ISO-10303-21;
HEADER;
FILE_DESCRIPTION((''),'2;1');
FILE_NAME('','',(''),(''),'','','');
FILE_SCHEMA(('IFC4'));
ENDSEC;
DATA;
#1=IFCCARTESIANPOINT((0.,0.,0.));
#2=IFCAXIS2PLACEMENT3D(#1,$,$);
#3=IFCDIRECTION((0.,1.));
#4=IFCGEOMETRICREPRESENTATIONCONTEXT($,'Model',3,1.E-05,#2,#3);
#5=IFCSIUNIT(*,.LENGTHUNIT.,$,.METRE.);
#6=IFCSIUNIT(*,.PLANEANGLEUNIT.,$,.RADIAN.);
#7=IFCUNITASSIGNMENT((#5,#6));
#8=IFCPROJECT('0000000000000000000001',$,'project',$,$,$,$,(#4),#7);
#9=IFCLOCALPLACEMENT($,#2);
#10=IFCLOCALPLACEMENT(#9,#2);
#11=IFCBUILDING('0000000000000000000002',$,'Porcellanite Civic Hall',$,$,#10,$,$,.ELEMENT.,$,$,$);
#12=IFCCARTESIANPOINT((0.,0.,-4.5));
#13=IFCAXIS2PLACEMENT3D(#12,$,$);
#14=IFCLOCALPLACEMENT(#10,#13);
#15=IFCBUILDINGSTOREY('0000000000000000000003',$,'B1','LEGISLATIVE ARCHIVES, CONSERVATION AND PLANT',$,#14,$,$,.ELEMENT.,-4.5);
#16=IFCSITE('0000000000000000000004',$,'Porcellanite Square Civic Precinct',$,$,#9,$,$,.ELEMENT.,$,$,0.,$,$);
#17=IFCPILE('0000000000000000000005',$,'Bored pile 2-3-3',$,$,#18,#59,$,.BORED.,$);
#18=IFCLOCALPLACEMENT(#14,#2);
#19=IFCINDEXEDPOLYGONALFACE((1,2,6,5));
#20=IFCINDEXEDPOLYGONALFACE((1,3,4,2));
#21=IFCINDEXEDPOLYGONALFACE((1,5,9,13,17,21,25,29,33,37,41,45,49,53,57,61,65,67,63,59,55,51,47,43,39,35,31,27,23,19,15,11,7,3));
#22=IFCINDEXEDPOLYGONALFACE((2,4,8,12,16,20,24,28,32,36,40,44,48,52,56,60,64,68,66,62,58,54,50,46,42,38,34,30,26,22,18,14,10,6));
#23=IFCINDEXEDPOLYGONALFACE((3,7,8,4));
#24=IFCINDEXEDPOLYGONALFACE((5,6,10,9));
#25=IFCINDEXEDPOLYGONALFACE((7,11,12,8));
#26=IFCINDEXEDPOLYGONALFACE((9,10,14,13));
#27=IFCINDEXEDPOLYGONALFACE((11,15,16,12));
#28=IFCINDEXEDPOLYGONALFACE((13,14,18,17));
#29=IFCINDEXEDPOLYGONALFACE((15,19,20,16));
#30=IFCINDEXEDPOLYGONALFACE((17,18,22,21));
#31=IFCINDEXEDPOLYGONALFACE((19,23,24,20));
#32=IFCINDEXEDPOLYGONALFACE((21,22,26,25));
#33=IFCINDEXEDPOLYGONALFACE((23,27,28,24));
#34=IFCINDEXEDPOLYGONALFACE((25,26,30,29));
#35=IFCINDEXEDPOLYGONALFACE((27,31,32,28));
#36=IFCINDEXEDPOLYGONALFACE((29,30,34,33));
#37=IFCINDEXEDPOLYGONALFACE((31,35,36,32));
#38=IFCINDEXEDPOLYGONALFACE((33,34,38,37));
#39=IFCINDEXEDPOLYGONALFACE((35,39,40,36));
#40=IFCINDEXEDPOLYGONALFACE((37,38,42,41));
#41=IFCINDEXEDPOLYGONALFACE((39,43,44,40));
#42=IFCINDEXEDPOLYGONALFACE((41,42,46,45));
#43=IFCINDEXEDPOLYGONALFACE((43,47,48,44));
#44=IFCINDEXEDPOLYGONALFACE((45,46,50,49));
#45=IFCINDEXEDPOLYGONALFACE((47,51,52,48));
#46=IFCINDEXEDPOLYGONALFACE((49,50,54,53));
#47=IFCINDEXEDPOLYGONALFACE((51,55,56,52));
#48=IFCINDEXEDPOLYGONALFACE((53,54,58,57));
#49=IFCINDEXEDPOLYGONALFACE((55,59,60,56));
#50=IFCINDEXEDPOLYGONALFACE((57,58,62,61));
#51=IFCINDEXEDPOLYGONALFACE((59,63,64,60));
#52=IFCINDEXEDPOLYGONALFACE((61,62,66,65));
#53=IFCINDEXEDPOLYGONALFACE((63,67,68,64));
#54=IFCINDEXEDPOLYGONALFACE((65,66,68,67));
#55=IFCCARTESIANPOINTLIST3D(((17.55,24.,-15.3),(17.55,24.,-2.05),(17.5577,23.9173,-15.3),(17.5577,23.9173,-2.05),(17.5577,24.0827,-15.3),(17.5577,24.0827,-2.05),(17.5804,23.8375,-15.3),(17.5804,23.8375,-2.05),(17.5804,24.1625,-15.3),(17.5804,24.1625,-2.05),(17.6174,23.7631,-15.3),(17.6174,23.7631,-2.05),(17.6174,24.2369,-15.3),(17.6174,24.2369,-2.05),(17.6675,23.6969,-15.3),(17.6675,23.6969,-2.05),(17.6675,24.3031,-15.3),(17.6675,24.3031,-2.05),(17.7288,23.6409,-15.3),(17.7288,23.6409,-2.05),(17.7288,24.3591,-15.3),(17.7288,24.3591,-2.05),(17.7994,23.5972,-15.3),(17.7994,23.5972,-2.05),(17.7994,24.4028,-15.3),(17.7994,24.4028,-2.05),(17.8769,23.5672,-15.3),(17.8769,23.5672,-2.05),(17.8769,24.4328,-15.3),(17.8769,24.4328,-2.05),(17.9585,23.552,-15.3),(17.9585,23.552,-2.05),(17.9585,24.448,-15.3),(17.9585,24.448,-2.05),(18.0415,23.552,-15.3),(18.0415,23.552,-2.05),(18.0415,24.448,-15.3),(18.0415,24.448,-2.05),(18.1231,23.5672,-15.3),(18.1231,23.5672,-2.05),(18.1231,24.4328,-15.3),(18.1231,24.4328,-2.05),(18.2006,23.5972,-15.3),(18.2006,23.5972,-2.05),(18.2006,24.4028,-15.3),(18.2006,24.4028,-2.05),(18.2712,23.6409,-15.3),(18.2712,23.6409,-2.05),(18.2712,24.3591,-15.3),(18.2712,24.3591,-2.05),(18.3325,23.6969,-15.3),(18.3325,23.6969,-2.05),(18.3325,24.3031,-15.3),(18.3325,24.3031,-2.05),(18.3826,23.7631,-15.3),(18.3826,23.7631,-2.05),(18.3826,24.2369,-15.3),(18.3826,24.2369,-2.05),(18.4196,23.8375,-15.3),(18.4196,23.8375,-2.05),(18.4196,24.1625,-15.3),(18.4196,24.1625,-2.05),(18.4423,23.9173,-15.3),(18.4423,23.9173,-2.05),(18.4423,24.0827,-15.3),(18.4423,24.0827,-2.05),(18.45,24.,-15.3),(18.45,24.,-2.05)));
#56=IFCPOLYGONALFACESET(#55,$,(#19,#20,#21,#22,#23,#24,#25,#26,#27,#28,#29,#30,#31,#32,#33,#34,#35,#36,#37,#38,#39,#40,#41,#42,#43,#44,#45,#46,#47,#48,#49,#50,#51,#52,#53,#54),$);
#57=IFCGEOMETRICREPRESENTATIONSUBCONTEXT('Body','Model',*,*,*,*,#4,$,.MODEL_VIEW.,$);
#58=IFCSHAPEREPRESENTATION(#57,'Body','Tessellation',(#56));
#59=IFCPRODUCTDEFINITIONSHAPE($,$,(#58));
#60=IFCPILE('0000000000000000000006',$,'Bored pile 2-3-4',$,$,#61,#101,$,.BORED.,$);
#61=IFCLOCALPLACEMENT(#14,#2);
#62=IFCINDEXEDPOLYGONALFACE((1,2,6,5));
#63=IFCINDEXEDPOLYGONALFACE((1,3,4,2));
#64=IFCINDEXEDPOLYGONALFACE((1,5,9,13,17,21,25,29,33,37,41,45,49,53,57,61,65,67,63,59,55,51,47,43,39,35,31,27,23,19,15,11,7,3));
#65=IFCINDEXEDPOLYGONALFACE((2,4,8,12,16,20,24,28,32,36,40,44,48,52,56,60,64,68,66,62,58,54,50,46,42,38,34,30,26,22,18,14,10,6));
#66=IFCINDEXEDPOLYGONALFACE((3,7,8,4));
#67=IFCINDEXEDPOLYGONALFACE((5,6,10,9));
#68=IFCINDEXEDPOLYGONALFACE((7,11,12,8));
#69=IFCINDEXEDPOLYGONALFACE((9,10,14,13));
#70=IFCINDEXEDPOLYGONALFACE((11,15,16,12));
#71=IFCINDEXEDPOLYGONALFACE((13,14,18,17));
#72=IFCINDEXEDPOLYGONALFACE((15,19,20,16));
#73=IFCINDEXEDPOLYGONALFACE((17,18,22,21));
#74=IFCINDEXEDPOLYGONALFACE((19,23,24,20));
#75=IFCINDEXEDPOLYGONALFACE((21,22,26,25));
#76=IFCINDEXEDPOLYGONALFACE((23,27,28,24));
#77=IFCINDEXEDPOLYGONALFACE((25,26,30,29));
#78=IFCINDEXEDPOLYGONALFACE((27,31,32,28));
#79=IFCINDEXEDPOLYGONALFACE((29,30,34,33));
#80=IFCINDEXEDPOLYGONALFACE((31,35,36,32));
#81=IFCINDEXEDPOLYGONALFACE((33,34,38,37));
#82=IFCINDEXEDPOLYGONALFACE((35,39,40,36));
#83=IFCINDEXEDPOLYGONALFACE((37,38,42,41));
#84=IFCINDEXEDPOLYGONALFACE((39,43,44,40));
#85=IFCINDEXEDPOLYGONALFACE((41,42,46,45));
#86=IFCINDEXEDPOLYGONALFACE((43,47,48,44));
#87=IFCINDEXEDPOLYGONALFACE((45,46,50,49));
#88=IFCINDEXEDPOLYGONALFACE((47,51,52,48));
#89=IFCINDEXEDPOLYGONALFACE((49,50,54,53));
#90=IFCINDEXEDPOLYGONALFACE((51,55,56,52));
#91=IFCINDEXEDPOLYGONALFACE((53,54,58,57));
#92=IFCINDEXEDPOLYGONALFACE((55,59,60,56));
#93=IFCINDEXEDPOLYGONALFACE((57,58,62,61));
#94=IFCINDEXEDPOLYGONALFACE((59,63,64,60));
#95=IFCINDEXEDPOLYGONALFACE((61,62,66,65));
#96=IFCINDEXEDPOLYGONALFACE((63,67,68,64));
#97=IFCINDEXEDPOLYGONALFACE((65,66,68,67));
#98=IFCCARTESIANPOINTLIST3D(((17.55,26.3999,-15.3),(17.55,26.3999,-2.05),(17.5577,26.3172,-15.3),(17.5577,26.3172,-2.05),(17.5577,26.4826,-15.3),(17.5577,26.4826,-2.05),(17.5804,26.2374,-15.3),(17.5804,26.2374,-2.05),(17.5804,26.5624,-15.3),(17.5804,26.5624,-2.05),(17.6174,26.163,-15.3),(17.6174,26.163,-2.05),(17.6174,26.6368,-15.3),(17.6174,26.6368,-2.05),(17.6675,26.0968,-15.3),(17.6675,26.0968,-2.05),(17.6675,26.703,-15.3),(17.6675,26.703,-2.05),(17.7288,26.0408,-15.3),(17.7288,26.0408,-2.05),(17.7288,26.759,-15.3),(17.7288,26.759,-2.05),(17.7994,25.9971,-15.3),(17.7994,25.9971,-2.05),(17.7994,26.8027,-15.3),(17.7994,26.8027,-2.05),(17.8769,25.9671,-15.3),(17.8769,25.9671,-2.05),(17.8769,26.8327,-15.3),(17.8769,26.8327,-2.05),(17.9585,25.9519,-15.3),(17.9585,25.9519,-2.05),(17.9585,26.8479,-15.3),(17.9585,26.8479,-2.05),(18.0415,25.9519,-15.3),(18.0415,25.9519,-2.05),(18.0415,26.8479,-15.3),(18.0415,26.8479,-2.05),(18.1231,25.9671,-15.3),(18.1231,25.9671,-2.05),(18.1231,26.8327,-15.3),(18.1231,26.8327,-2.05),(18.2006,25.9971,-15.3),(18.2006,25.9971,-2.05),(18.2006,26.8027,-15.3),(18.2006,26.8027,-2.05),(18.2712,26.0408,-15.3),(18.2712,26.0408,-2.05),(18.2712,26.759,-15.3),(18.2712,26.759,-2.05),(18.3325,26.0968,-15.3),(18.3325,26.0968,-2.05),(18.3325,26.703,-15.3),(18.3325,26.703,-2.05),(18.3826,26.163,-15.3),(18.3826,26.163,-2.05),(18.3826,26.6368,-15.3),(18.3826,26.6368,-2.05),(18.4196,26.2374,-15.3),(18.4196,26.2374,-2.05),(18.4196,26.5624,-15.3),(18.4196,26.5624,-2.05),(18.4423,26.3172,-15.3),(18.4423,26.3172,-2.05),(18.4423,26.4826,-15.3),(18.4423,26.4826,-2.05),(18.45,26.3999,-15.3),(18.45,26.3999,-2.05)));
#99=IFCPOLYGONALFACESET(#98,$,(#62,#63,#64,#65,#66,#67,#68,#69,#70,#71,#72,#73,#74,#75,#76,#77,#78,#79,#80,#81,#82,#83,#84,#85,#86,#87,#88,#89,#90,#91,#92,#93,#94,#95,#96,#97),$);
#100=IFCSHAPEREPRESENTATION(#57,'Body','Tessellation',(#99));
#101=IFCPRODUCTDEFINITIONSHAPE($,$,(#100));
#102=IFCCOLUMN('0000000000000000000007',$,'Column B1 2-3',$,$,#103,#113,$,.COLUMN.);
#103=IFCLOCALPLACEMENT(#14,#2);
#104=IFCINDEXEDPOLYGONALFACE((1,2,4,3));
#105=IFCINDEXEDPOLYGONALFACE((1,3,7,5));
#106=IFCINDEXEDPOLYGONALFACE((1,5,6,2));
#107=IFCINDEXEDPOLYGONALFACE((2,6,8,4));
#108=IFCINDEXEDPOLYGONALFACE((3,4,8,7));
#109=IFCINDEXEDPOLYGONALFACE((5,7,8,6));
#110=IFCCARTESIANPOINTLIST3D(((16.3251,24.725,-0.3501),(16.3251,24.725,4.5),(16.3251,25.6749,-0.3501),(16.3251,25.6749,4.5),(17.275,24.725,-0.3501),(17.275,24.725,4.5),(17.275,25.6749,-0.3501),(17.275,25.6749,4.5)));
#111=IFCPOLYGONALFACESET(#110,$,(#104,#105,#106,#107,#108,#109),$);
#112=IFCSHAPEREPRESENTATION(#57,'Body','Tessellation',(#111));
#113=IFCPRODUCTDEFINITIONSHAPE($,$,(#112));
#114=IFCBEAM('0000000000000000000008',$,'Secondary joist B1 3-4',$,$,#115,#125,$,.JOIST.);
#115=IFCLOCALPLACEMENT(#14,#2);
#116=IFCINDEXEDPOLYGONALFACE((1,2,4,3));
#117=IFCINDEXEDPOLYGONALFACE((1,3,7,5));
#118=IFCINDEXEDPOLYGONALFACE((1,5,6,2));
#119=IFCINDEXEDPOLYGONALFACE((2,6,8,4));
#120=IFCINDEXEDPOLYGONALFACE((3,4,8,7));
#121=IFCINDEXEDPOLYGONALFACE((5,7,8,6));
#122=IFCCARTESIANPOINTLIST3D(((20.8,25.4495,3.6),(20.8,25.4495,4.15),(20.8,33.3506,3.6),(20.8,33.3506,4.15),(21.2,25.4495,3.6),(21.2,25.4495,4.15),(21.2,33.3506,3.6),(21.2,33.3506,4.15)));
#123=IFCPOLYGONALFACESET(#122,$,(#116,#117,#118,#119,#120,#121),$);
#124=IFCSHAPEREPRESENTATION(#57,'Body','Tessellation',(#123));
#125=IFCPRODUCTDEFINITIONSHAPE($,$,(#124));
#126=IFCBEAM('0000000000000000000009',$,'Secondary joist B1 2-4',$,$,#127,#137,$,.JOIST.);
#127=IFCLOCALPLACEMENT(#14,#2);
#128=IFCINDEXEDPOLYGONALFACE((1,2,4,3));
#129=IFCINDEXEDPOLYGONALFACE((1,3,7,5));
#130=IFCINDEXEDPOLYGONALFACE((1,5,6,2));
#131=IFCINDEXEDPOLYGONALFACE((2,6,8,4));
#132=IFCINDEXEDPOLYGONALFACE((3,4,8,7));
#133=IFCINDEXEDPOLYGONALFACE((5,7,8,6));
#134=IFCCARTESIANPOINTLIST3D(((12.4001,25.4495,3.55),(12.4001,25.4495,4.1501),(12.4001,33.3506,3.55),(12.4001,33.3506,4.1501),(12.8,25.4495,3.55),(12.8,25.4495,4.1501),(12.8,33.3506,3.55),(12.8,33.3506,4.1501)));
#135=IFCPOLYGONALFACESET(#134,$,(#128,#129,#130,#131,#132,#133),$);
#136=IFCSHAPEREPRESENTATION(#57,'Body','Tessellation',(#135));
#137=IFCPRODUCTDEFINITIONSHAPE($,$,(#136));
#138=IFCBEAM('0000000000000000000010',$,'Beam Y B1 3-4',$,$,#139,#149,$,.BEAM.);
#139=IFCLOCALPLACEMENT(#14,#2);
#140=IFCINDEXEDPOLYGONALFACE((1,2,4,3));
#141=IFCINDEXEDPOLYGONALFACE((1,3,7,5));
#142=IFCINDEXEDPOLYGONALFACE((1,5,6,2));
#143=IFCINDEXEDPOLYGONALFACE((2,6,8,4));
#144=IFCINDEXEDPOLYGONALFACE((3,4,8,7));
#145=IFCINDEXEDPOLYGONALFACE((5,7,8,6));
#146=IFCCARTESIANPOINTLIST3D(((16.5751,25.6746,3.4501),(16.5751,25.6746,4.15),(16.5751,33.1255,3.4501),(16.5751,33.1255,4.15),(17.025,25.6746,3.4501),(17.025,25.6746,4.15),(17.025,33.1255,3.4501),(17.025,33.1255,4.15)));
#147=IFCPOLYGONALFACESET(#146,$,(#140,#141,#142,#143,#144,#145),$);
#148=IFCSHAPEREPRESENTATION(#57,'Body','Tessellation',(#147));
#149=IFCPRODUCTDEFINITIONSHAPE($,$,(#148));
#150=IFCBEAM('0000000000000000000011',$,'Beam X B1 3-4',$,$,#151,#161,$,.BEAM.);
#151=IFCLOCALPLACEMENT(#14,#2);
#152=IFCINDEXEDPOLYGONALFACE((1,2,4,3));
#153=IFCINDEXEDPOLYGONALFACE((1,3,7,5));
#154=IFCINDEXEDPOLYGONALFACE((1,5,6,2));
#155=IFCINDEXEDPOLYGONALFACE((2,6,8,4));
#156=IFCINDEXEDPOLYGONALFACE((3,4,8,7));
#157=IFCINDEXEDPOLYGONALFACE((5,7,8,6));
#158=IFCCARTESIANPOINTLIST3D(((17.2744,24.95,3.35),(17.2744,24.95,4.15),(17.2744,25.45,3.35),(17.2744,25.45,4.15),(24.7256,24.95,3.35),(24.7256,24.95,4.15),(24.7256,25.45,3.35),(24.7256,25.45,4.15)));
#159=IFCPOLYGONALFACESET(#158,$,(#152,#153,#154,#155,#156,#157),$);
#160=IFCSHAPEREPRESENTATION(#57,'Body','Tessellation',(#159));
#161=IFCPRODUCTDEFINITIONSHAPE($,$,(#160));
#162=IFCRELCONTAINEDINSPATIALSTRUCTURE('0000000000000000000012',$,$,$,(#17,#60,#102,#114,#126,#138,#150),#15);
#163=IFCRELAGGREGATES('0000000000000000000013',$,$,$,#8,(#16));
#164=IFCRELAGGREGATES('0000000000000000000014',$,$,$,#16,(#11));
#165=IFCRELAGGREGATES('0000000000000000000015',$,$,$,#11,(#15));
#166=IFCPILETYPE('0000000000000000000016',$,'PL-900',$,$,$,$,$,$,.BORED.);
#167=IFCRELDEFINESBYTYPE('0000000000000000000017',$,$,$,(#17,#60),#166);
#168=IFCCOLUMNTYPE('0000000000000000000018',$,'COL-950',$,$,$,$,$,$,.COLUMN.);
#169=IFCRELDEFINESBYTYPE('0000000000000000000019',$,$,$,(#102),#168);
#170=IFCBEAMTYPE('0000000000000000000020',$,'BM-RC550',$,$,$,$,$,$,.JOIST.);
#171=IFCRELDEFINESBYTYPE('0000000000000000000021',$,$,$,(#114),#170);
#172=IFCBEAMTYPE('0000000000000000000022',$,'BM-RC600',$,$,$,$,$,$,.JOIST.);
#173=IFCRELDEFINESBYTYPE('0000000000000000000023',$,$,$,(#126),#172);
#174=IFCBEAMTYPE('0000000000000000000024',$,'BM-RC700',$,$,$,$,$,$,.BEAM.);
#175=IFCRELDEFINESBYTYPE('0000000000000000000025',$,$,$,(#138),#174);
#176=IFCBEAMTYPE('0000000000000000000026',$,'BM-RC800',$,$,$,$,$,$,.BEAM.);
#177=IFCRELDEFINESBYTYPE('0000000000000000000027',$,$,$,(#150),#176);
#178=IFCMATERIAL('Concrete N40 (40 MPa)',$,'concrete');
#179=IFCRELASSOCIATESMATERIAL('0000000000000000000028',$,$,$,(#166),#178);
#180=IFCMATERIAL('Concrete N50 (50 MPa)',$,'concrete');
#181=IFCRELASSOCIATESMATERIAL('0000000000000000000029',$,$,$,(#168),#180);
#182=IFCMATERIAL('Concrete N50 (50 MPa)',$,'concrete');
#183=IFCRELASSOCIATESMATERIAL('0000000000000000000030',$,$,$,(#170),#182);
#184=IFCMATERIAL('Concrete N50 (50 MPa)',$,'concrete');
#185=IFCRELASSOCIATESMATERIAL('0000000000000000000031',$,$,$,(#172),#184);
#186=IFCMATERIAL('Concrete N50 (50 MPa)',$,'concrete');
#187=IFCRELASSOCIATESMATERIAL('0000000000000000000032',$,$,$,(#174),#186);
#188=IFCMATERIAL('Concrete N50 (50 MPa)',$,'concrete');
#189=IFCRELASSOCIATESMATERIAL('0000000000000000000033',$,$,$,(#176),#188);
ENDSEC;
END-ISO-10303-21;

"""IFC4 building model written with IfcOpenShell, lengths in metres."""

from ifc_helpers import new_model, si_unit, direction, frame, origin, origin_2d, place, context, subcontext, project, spatial, rectangle, circle, extrude, material, material_profile, profile_set, type_object, element, save


model = new_model("IFC4")

# Units and contexts
model_context = context("Model", 3, precision=1e-05, world=origin(), true_north=direction((0.0, 1.0)))
body_context = subcontext(model_context, "Body", "Model", "MODEL_VIEW")
ifc_project = project(units=[si_unit("LENGTHUNIT", "METRE"), si_unit("PLANEANGLEUNIT", "RADIAN")], contexts=[model_context])

# Site, building, storey
site_placement = place(None, origin())
site = spatial("IfcSite", under=ifc_project, at=site_placement, Name="Porcellanite Square Civic Precinct", CompositionType="ELEMENT", RefElevation=0.0)
building_placement = place(site_placement, origin())
building = spatial("IfcBuilding", under=site, at=building_placement, Name="Porcellanite Civic Hall", CompositionType="ELEMENT")
storey_placement = place(building_placement, frame((0.0, 0.0, -4.5)))
storey = spatial("IfcBuildingStorey", under=building, at=storey_placement, Name="B1", Description="LEGISLATIVE ARCHIVES, CONSERVATION AND PLANT", CompositionType="ELEMENT", Elevation=-4.5)

# Piles
ifc_material_1 = material(Name="Concrete N40 (40 MPa)", Category="concrete")
ifc_material_profile_1 = material_profile(ifc_material_1, circle(Radius=0.45, at=origin_2d()), Name="PILE-D900")
ifc_profile_set_1 = profile_set([ifc_material_profile_1], Name="Concrete N40 (40 MPa)")
pile_type = type_object("IfcPileType", Name="PL-900", PredefinedType="BORED", material=ifc_profile_set_1)
for number, where, z_axis, x_axis, name in (
    (1, (18.0, 24.0, -2.05), (0.0, 0.0, -1.0), (1.0, 0.0, 0.0), "Bored pile 2-3-3"),
    (2, (18.0, 26.3999, -2.05), (0.0, 0.0, -1.0), (1.0, 0.0, 0.0), "Bored pile 2-3-4"),
):
    element("IfcPile", number, at=place(storey_placement, frame(where, z_axis=z_axis, x_axis=x_axis)), inside=storey, type_object=pile_type, Name=name, PredefinedType="BORED", context=body_context, shape_type="SweptSolid", body=[
        extrude(circle(Radius=0.45, at=origin_2d()), origin(), (0.0, 0.0, 1.0), 13.25),
    ])

# Column
ifc_material_2 = material(Name="Concrete N50 (50 MPa)", Category="concrete")
ifc_material_profile_2 = material_profile(ifc_material_2, rectangle(XDim=0.95, YDim=0.95, at=origin_2d()), Name="RC-950x950")
ifc_profile_set_2 = profile_set([ifc_material_profile_2], Name="Concrete N50 (50 MPa)")
column_type = type_object("IfcColumnType", Name="COL-950", PredefinedType="COLUMN", material=ifc_profile_set_2)
column_placement = place(storey_placement, frame((16.8, 25.2, -0.3501), z_axis=(0.0, 0.0, 1.0), x_axis=(1.0, 0.0, 0.0)))
element("IfcColumn", 3, at=column_placement, inside=storey, type_object=column_type, Name="Column B1 2-3", PredefinedType="COLUMN", context=body_context, shape_type="SweptSolid", body=[
    extrude(rectangle(XDim=0.95, YDim=0.95, at=origin_2d()), origin(), (0.0, 0.0, 1.0), 4.8501),
])

# Beams
ifc_material_3 = material(Name="Concrete N50 (50 MPa)", Category="concrete")
ifc_material_profile_3 = material_profile(ifc_material_3, rectangle(XDim=0.3999, YDim=0.55, at=origin_2d()), Name="RC-400x550")
ifc_profile_set_3 = profile_set([ifc_material_profile_3], Name="Concrete N50 (50 MPa)")
beam_type_1 = type_object("IfcBeamType", Name="BM-RC550", PredefinedType="JOIST", material=ifc_profile_set_3)
beam_1_placement = place(storey_placement, frame((21.0, 25.4495, 3.875), z_axis=(0.0, 1.0, 0.0), x_axis=(-1.0, 0.0, 0.0)))
element("IfcBeam", 4, at=beam_1_placement, inside=storey, type_object=beam_type_1, Name="Secondary joist B1 3-4", PredefinedType="JOIST", context=body_context, shape_type="SweptSolid", body=[
    extrude(rectangle(XDim=0.3999, YDim=0.55, at=origin_2d()), origin(), (0.0, 0.0, 1.0), 7.9011),
])
ifc_material_4 = material(Name="Concrete N50 (50 MPa)", Category="concrete")
ifc_material_profile_4 = material_profile(ifc_material_4, rectangle(XDim=0.3999, YDim=0.6001, at=origin_2d()), Name="RC-400x600")
ifc_profile_set_4 = profile_set([ifc_material_profile_4], Name="Concrete N50 (50 MPa)")
beam_type_2 = type_object("IfcBeamType", Name="BM-RC600", PredefinedType="JOIST", material=ifc_profile_set_4)
beam_2_placement = place(storey_placement, frame((12.6001, 25.4495, 3.8501), z_axis=(0.0, 1.0, 0.0), x_axis=(-1.0, 0.0, 0.0)))
element("IfcBeam", 5, at=beam_2_placement, inside=storey, type_object=beam_type_2, Name="Secondary joist B1 2-4", PredefinedType="JOIST", context=body_context, shape_type="SweptSolid", body=[
    extrude(rectangle(XDim=0.3999, YDim=0.6001, at=origin_2d()), origin(), (0.0, 0.0, 1.0), 7.9011),
])
ifc_material_5 = material(Name="Concrete N50 (50 MPa)", Category="concrete")
ifc_material_profile_5 = material_profile(ifc_material_5, rectangle(XDim=0.45, YDim=0.7, at=origin_2d()), Name="RC-450x700")
ifc_profile_set_5 = profile_set([ifc_material_profile_5], Name="Concrete N50 (50 MPa)")
beam_type_3 = type_object("IfcBeamType", Name="BM-RC700", PredefinedType="BEAM", material=ifc_profile_set_5)
beam_3_placement = place(storey_placement, frame((16.8, 25.6746, 3.8), z_axis=(0.0, 1.0, 0.0), x_axis=(-1.0, 0.0, 0.0)))
element("IfcBeam", 6, at=beam_3_placement, inside=storey, type_object=beam_type_3, Name="Beam Y B1 3-4", PredefinedType="BEAM", context=body_context, shape_type="SweptSolid", body=[
    extrude(rectangle(XDim=0.45, YDim=0.7, at=origin_2d()), origin(), (0.0, 0.0, 1.0), 7.4509),
])
ifc_material_6 = material(Name="Concrete N50 (50 MPa)", Category="concrete")
ifc_material_profile_6 = material_profile(ifc_material_6, rectangle(XDim=0.5, YDim=0.8, at=origin_2d()), Name="RC-500x800")
ifc_profile_set_6 = profile_set([ifc_material_profile_6], Name="Concrete N50 (50 MPa)")
beam_type_4 = type_object("IfcBeamType", Name="BM-RC800", PredefinedType="BEAM", material=ifc_profile_set_6)
beam_4_placement = place(storey_placement, frame((17.2744, 25.2, 3.75), z_axis=(1.0, 0.0, 0.0), x_axis=(0.0, 1.0, 0.0)))
element("IfcBeam", 7, at=beam_4_placement, inside=storey, type_object=beam_type_4, Name="Beam X B1 3-4", PredefinedType="BEAM", context=body_context, shape_type="SweptSolid", body=[
    extrude(rectangle(XDim=0.5, YDim=0.8, at=origin_2d()), origin(), (0.0, 0.0, 1.0), 7.4512),
])

save(model, "model.ifc")
